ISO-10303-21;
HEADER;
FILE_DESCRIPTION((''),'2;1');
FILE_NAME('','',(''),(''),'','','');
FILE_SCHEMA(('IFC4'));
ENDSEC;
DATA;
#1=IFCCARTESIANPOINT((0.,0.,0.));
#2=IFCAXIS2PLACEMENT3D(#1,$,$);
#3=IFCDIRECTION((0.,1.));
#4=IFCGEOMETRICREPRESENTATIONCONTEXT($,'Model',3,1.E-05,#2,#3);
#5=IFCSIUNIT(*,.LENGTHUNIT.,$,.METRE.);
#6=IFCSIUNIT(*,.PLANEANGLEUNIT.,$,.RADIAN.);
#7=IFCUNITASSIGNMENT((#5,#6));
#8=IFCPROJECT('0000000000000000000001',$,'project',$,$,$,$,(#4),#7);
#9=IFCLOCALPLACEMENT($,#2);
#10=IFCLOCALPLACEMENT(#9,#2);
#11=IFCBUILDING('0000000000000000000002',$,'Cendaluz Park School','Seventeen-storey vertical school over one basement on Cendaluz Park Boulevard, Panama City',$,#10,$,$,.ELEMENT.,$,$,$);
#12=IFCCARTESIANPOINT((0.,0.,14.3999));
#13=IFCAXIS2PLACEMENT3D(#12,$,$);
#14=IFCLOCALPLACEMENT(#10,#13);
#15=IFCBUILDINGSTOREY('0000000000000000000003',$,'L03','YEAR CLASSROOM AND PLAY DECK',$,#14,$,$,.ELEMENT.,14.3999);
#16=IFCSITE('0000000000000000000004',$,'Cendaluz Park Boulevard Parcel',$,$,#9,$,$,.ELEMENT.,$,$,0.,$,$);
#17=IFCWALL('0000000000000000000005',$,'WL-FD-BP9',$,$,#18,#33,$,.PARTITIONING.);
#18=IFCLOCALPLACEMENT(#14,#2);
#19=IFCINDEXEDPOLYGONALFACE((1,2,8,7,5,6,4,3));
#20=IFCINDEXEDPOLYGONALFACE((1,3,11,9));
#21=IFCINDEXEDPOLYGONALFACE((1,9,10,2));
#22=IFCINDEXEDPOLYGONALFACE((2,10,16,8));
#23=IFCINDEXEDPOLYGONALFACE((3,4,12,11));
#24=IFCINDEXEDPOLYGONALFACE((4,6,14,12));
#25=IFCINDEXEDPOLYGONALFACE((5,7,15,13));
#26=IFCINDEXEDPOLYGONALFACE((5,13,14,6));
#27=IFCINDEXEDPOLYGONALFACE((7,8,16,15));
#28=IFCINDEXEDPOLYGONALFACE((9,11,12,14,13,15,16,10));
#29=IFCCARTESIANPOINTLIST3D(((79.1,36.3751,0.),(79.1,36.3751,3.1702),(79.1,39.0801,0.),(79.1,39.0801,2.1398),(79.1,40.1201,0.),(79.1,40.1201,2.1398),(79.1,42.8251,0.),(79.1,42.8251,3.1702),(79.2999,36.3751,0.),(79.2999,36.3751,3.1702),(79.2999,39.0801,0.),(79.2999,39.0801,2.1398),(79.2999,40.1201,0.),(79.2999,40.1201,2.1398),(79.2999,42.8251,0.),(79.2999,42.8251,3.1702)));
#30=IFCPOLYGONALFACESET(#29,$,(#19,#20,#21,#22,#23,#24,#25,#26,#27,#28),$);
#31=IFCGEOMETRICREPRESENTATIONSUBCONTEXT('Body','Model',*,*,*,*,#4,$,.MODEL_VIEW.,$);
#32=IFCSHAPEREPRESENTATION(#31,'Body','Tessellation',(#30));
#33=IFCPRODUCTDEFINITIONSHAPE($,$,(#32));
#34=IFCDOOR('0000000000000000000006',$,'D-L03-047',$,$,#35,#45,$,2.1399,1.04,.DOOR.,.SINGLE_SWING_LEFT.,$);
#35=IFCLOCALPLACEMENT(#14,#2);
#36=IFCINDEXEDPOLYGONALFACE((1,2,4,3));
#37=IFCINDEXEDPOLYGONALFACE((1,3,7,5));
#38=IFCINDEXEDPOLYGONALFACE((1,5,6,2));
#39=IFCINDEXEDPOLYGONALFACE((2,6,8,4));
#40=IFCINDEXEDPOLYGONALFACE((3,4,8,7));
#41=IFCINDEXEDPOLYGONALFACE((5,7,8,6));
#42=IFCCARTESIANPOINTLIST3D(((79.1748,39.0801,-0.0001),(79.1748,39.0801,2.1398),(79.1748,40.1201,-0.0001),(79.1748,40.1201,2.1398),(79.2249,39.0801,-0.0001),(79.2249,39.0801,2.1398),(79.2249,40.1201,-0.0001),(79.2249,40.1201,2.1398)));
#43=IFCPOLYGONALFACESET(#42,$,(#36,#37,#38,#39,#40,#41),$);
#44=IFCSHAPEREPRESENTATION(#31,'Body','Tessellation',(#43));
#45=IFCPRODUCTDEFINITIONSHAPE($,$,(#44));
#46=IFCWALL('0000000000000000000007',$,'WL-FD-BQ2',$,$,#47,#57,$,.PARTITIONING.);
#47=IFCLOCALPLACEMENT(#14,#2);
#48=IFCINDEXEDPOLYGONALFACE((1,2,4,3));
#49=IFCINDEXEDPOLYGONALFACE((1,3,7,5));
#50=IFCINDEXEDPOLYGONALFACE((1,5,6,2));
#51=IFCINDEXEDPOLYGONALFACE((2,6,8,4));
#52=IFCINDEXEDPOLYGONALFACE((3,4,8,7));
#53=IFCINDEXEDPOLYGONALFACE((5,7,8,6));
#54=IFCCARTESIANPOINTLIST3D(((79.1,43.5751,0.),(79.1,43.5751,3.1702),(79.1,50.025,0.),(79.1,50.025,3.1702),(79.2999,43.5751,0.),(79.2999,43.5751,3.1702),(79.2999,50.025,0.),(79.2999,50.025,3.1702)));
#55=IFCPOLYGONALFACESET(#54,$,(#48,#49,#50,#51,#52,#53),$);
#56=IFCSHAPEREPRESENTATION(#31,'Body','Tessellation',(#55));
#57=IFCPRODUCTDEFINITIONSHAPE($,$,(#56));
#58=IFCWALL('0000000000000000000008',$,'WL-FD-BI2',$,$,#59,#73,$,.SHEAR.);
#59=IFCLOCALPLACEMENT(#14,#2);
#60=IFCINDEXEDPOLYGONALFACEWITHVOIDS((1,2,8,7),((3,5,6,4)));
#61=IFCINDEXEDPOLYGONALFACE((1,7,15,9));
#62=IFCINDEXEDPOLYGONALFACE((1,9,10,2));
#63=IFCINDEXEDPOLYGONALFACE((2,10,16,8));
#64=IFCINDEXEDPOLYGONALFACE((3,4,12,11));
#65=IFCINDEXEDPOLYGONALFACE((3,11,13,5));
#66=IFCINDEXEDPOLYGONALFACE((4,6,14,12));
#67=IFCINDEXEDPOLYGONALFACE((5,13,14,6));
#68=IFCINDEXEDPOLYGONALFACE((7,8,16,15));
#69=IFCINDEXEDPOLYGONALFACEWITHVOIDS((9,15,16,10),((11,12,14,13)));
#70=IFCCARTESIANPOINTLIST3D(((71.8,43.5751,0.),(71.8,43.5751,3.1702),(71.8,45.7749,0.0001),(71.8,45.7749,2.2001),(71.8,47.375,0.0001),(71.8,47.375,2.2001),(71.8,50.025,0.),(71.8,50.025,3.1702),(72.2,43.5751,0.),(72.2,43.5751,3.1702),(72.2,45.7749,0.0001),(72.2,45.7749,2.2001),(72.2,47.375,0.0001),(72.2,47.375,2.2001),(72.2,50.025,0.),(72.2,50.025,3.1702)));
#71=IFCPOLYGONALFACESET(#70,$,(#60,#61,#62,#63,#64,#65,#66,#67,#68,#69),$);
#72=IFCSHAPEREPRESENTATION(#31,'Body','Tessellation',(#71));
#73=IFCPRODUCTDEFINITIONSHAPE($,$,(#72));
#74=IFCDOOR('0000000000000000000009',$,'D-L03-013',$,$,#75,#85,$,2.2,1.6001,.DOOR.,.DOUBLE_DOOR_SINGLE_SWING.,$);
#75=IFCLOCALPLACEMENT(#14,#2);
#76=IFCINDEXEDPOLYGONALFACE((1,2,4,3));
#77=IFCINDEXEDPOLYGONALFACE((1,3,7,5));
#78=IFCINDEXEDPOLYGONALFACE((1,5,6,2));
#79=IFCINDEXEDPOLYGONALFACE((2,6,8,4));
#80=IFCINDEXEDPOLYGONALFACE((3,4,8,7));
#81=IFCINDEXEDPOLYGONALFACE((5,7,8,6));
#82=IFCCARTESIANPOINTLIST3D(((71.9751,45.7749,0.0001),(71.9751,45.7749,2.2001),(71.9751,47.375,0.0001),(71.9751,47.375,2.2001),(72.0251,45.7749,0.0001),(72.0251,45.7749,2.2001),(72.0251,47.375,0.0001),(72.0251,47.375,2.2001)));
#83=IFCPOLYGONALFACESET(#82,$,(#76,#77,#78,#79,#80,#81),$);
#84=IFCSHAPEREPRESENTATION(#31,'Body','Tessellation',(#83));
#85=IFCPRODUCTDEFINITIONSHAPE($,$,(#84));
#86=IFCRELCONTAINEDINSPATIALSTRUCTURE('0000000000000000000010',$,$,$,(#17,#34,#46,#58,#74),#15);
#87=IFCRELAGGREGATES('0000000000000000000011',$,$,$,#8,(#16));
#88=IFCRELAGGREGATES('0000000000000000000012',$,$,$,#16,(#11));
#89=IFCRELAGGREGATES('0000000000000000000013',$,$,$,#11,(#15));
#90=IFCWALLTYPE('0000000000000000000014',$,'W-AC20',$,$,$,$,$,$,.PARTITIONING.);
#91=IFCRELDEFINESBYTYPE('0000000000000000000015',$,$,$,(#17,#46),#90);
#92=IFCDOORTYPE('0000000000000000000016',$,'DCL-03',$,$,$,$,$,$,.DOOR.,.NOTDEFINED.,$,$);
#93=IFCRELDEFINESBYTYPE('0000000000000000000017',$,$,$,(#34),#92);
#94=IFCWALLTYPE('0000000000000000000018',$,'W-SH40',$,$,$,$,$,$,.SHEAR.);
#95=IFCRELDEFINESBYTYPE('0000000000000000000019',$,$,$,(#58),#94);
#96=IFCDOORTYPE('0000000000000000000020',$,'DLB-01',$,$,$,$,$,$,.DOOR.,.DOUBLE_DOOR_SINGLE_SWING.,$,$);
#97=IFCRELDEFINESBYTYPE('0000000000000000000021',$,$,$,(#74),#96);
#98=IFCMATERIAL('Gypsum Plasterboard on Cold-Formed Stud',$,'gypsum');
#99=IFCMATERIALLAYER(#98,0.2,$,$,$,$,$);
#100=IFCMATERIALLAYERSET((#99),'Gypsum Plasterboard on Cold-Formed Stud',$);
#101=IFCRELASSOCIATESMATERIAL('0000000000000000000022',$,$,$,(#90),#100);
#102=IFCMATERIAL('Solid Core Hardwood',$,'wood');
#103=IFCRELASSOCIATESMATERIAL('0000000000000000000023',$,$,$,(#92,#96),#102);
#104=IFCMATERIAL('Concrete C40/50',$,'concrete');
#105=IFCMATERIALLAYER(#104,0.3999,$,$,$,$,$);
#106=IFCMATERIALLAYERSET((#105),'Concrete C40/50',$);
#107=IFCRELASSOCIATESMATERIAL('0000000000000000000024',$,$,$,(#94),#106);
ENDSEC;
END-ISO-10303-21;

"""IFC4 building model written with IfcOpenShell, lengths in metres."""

from ifc_helpers import new_model, si_unit, direction, frame, frame_2d, origin, place, context, subcontext, project, spatial, rectangle, extrude, material, layer, layer_set, type_object, element, fill, save


model = new_model("IFC4")

# Units and contexts
model_context = context("Model", 3, precision=1e-05, world=origin(), true_north=direction((0.0, 1.0)))
body_context = subcontext(model_context, "Body", "Model", "MODEL_VIEW")
ifc_project = project(units=[si_unit("LENGTHUNIT", "METRE"), si_unit("PLANEANGLEUNIT", "RADIAN")], contexts=[model_context])

# Site, building, storey
site_placement = place(None, origin())
site = spatial("IfcSite", under=ifc_project, at=site_placement, Name="Cendaluz Park Boulevard Parcel", CompositionType="ELEMENT", RefElevation=0.0)
building_placement = place(site_placement, origin())
building = spatial("IfcBuilding", under=site, at=building_placement, Name="Cendaluz Park School", Description="Seventeen-storey vertical school over one basement on Cendaluz Park Boulevard, Panama City", CompositionType="ELEMENT")
storey_placement = place(building_placement, frame((0.0, 0.0, 14.3999)))
storey = spatial("IfcBuildingStorey", under=building, at=storey_placement, Name="L03", Description="YEAR CLASSROOM AND PLAY DECK", CompositionType="ELEMENT", Elevation=14.3999)

# Shared definitions
ifc_material_1 = material(Name="Concrete C40/50", Category="concrete")

# Wall, opening, door
ifc_material_2 = material(Name="Gypsum Plasterboard on Cold-Formed Stud", Category="gypsum")
ifc_layer_1 = layer(ifc_material_2, 0.2)
ifc_layer_set_1 = layer_set([ifc_layer_1], Name="Gypsum Plasterboard on Cold-Formed Stud")
wall_type_1 = type_object("IfcWallType", Name="W-AC20", PredefinedType="PARTITIONING", material=ifc_layer_set_1)
ifc_material_3 = material(Name="Solid Core Hardwood", Category="wood")
wall_1_placement = place(storey_placement, frame((79.2, 36.375, 0.0), z_axis=(0.0, 0.0, 1.0), x_axis=(0.0, 1.0, 0.0)))
wall_1 = element("IfcWall", 1, at=wall_1_placement, inside=storey, type_object=wall_type_1, Name="WL-FD-BP9", PredefinedType="PARTITIONING", context=body_context, shape_type="SweptSolid", body=[
    extrude(rectangle(XDim=6.45, YDim=0.2, at=frame_2d((3.2251, 0.0))), origin(), (0.0, 0.0, 1.0), 3.1702),
])
opening_1_placement = place(wall_1_placement, frame((2.7051, 0.0, 0.0)))
opening_1 = element("IfcOpeningElement", 2, at=opening_1_placement, cuts=wall_1, PredefinedType="OPENING", context=body_context, shape_type="SweptSolid", body=[
    extrude(rectangle(XDim=1.04, YDim=2.1399, at=frame_2d((0.52, 1.0698))), frame((0.0, 0.1121, 0.0), z_axis=(0.0, -1.0, 0.0), x_axis=(1.0, 0.0, 0.0)), (0.0, 0.0, 1.0), 0.2239),
])
door_type_1 = type_object("IfcDoorType", Name="DCL-03", OperationType="NOTDEFINED", PredefinedType="DOOR", material=ifc_material_3)
door_1_placement = place(opening_1_placement, frame((1.04, 0.0, 0.0), z_axis=(0.0, 0.0, 1.0), x_axis=(-1.0, 0.0, 0.0)))
door_1 = element("IfcDoor", 3, at=door_1_placement, inside=storey, type_object=door_type_1, Name="D-L03-047", OperationType="SINGLE_SWING_LEFT", OverallHeight=2.1399, OverallWidth=1.04, PredefinedType="DOOR", context=body_context, shape_type="SweptSolid", body=[
    extrude(rectangle(XDim=1.04, YDim=2.1399, at=frame_2d((0.52, 1.0698))), frame((0.0, 0.0249, 0.0), z_axis=(0.0, -1.0, 0.0), x_axis=(1.0, 0.0, 0.0)), (0.0, 0.0, 1.0), 0.05),
])
fill(opening_1, door_1)

# Wall
wall_2_placement = place(storey_placement, frame((79.2, 43.575, 0.0), z_axis=(0.0, 0.0, 1.0), x_axis=(0.0, 1.0, 0.0)))
element("IfcWall", 4, at=wall_2_placement, inside=storey, type_object=wall_type_1, Name="WL-FD-BQ2", PredefinedType="PARTITIONING", context=body_context, shape_type="SweptSolid", body=[
    extrude(rectangle(XDim=6.45, YDim=0.2, at=frame_2d((3.2251, 0.0))), origin(), (0.0, 0.0, 1.0), 3.1702),
])

# Wall, opening, door
ifc_layer_2 = layer(ifc_material_1, 0.3999)
ifc_layer_set_2 = layer_set([ifc_layer_2], Name="Concrete C40/50")
wall_type_2 = type_object("IfcWallType", Name="W-SH40", PredefinedType="SHEAR", material=ifc_layer_set_2)
wall_3_placement = place(storey_placement, frame((72.0, 43.575, 0.0), z_axis=(0.0, 0.0, 1.0), x_axis=(0.0, 1.0, 0.0)))
wall_3 = element("IfcWall", 5, at=wall_3_placement, inside=storey, type_object=wall_type_2, Name="WL-FD-BI2", PredefinedType="SHEAR", context=body_context, shape_type="SweptSolid", body=[
    extrude(rectangle(XDim=6.45, YDim=0.3999, at=frame_2d((3.2251, 0.0))), origin(), (0.0, 0.0, 1.0), 3.1702),
])
opening_2_placement = place(wall_3_placement, frame((2.2, 0.0, 0.0)))
opening_2 = element("IfcOpeningElement", 6, at=opening_2_placement, cuts=wall_3, PredefinedType="OPENING", context=body_context, shape_type="SweptSolid", body=[
    extrude(rectangle(XDim=1.6001, YDim=2.2, at=frame_2d((0.8, 1.1001))), frame((0.0, 0.2119, 0.0), z_axis=(0.0, -1.0, 0.0), x_axis=(1.0, 0.0, 0.0)), (0.0, 0.0, 1.0), 0.4238),
])
door_type_2 = type_object("IfcDoorType", Name="DLB-01", OperationType="DOUBLE_DOOR_SINGLE_SWING", PredefinedType="DOOR", material=ifc_material_3)
door_2_placement = place(opening_2_placement, origin())
door_2 = element("IfcDoor", 7, at=door_2_placement, inside=storey, type_object=door_type_2, Name="D-L03-013", OperationType="DOUBLE_DOOR_SINGLE_SWING", OverallHeight=2.2, OverallWidth=1.6001, PredefinedType="DOOR", context=body_context, shape_type="SweptSolid", body=[
    extrude(rectangle(XDim=1.6001, YDim=2.2, at=frame_2d((0.8, 1.1001))), frame((0.0, 0.0249, 0.0), z_axis=(0.0, -1.0, 0.0), x_axis=(1.0, 0.0, 0.0)), (0.0, 0.0, 1.0), 0.05),
])
fill(opening_2, door_2)

save(model, "model.ifc")
